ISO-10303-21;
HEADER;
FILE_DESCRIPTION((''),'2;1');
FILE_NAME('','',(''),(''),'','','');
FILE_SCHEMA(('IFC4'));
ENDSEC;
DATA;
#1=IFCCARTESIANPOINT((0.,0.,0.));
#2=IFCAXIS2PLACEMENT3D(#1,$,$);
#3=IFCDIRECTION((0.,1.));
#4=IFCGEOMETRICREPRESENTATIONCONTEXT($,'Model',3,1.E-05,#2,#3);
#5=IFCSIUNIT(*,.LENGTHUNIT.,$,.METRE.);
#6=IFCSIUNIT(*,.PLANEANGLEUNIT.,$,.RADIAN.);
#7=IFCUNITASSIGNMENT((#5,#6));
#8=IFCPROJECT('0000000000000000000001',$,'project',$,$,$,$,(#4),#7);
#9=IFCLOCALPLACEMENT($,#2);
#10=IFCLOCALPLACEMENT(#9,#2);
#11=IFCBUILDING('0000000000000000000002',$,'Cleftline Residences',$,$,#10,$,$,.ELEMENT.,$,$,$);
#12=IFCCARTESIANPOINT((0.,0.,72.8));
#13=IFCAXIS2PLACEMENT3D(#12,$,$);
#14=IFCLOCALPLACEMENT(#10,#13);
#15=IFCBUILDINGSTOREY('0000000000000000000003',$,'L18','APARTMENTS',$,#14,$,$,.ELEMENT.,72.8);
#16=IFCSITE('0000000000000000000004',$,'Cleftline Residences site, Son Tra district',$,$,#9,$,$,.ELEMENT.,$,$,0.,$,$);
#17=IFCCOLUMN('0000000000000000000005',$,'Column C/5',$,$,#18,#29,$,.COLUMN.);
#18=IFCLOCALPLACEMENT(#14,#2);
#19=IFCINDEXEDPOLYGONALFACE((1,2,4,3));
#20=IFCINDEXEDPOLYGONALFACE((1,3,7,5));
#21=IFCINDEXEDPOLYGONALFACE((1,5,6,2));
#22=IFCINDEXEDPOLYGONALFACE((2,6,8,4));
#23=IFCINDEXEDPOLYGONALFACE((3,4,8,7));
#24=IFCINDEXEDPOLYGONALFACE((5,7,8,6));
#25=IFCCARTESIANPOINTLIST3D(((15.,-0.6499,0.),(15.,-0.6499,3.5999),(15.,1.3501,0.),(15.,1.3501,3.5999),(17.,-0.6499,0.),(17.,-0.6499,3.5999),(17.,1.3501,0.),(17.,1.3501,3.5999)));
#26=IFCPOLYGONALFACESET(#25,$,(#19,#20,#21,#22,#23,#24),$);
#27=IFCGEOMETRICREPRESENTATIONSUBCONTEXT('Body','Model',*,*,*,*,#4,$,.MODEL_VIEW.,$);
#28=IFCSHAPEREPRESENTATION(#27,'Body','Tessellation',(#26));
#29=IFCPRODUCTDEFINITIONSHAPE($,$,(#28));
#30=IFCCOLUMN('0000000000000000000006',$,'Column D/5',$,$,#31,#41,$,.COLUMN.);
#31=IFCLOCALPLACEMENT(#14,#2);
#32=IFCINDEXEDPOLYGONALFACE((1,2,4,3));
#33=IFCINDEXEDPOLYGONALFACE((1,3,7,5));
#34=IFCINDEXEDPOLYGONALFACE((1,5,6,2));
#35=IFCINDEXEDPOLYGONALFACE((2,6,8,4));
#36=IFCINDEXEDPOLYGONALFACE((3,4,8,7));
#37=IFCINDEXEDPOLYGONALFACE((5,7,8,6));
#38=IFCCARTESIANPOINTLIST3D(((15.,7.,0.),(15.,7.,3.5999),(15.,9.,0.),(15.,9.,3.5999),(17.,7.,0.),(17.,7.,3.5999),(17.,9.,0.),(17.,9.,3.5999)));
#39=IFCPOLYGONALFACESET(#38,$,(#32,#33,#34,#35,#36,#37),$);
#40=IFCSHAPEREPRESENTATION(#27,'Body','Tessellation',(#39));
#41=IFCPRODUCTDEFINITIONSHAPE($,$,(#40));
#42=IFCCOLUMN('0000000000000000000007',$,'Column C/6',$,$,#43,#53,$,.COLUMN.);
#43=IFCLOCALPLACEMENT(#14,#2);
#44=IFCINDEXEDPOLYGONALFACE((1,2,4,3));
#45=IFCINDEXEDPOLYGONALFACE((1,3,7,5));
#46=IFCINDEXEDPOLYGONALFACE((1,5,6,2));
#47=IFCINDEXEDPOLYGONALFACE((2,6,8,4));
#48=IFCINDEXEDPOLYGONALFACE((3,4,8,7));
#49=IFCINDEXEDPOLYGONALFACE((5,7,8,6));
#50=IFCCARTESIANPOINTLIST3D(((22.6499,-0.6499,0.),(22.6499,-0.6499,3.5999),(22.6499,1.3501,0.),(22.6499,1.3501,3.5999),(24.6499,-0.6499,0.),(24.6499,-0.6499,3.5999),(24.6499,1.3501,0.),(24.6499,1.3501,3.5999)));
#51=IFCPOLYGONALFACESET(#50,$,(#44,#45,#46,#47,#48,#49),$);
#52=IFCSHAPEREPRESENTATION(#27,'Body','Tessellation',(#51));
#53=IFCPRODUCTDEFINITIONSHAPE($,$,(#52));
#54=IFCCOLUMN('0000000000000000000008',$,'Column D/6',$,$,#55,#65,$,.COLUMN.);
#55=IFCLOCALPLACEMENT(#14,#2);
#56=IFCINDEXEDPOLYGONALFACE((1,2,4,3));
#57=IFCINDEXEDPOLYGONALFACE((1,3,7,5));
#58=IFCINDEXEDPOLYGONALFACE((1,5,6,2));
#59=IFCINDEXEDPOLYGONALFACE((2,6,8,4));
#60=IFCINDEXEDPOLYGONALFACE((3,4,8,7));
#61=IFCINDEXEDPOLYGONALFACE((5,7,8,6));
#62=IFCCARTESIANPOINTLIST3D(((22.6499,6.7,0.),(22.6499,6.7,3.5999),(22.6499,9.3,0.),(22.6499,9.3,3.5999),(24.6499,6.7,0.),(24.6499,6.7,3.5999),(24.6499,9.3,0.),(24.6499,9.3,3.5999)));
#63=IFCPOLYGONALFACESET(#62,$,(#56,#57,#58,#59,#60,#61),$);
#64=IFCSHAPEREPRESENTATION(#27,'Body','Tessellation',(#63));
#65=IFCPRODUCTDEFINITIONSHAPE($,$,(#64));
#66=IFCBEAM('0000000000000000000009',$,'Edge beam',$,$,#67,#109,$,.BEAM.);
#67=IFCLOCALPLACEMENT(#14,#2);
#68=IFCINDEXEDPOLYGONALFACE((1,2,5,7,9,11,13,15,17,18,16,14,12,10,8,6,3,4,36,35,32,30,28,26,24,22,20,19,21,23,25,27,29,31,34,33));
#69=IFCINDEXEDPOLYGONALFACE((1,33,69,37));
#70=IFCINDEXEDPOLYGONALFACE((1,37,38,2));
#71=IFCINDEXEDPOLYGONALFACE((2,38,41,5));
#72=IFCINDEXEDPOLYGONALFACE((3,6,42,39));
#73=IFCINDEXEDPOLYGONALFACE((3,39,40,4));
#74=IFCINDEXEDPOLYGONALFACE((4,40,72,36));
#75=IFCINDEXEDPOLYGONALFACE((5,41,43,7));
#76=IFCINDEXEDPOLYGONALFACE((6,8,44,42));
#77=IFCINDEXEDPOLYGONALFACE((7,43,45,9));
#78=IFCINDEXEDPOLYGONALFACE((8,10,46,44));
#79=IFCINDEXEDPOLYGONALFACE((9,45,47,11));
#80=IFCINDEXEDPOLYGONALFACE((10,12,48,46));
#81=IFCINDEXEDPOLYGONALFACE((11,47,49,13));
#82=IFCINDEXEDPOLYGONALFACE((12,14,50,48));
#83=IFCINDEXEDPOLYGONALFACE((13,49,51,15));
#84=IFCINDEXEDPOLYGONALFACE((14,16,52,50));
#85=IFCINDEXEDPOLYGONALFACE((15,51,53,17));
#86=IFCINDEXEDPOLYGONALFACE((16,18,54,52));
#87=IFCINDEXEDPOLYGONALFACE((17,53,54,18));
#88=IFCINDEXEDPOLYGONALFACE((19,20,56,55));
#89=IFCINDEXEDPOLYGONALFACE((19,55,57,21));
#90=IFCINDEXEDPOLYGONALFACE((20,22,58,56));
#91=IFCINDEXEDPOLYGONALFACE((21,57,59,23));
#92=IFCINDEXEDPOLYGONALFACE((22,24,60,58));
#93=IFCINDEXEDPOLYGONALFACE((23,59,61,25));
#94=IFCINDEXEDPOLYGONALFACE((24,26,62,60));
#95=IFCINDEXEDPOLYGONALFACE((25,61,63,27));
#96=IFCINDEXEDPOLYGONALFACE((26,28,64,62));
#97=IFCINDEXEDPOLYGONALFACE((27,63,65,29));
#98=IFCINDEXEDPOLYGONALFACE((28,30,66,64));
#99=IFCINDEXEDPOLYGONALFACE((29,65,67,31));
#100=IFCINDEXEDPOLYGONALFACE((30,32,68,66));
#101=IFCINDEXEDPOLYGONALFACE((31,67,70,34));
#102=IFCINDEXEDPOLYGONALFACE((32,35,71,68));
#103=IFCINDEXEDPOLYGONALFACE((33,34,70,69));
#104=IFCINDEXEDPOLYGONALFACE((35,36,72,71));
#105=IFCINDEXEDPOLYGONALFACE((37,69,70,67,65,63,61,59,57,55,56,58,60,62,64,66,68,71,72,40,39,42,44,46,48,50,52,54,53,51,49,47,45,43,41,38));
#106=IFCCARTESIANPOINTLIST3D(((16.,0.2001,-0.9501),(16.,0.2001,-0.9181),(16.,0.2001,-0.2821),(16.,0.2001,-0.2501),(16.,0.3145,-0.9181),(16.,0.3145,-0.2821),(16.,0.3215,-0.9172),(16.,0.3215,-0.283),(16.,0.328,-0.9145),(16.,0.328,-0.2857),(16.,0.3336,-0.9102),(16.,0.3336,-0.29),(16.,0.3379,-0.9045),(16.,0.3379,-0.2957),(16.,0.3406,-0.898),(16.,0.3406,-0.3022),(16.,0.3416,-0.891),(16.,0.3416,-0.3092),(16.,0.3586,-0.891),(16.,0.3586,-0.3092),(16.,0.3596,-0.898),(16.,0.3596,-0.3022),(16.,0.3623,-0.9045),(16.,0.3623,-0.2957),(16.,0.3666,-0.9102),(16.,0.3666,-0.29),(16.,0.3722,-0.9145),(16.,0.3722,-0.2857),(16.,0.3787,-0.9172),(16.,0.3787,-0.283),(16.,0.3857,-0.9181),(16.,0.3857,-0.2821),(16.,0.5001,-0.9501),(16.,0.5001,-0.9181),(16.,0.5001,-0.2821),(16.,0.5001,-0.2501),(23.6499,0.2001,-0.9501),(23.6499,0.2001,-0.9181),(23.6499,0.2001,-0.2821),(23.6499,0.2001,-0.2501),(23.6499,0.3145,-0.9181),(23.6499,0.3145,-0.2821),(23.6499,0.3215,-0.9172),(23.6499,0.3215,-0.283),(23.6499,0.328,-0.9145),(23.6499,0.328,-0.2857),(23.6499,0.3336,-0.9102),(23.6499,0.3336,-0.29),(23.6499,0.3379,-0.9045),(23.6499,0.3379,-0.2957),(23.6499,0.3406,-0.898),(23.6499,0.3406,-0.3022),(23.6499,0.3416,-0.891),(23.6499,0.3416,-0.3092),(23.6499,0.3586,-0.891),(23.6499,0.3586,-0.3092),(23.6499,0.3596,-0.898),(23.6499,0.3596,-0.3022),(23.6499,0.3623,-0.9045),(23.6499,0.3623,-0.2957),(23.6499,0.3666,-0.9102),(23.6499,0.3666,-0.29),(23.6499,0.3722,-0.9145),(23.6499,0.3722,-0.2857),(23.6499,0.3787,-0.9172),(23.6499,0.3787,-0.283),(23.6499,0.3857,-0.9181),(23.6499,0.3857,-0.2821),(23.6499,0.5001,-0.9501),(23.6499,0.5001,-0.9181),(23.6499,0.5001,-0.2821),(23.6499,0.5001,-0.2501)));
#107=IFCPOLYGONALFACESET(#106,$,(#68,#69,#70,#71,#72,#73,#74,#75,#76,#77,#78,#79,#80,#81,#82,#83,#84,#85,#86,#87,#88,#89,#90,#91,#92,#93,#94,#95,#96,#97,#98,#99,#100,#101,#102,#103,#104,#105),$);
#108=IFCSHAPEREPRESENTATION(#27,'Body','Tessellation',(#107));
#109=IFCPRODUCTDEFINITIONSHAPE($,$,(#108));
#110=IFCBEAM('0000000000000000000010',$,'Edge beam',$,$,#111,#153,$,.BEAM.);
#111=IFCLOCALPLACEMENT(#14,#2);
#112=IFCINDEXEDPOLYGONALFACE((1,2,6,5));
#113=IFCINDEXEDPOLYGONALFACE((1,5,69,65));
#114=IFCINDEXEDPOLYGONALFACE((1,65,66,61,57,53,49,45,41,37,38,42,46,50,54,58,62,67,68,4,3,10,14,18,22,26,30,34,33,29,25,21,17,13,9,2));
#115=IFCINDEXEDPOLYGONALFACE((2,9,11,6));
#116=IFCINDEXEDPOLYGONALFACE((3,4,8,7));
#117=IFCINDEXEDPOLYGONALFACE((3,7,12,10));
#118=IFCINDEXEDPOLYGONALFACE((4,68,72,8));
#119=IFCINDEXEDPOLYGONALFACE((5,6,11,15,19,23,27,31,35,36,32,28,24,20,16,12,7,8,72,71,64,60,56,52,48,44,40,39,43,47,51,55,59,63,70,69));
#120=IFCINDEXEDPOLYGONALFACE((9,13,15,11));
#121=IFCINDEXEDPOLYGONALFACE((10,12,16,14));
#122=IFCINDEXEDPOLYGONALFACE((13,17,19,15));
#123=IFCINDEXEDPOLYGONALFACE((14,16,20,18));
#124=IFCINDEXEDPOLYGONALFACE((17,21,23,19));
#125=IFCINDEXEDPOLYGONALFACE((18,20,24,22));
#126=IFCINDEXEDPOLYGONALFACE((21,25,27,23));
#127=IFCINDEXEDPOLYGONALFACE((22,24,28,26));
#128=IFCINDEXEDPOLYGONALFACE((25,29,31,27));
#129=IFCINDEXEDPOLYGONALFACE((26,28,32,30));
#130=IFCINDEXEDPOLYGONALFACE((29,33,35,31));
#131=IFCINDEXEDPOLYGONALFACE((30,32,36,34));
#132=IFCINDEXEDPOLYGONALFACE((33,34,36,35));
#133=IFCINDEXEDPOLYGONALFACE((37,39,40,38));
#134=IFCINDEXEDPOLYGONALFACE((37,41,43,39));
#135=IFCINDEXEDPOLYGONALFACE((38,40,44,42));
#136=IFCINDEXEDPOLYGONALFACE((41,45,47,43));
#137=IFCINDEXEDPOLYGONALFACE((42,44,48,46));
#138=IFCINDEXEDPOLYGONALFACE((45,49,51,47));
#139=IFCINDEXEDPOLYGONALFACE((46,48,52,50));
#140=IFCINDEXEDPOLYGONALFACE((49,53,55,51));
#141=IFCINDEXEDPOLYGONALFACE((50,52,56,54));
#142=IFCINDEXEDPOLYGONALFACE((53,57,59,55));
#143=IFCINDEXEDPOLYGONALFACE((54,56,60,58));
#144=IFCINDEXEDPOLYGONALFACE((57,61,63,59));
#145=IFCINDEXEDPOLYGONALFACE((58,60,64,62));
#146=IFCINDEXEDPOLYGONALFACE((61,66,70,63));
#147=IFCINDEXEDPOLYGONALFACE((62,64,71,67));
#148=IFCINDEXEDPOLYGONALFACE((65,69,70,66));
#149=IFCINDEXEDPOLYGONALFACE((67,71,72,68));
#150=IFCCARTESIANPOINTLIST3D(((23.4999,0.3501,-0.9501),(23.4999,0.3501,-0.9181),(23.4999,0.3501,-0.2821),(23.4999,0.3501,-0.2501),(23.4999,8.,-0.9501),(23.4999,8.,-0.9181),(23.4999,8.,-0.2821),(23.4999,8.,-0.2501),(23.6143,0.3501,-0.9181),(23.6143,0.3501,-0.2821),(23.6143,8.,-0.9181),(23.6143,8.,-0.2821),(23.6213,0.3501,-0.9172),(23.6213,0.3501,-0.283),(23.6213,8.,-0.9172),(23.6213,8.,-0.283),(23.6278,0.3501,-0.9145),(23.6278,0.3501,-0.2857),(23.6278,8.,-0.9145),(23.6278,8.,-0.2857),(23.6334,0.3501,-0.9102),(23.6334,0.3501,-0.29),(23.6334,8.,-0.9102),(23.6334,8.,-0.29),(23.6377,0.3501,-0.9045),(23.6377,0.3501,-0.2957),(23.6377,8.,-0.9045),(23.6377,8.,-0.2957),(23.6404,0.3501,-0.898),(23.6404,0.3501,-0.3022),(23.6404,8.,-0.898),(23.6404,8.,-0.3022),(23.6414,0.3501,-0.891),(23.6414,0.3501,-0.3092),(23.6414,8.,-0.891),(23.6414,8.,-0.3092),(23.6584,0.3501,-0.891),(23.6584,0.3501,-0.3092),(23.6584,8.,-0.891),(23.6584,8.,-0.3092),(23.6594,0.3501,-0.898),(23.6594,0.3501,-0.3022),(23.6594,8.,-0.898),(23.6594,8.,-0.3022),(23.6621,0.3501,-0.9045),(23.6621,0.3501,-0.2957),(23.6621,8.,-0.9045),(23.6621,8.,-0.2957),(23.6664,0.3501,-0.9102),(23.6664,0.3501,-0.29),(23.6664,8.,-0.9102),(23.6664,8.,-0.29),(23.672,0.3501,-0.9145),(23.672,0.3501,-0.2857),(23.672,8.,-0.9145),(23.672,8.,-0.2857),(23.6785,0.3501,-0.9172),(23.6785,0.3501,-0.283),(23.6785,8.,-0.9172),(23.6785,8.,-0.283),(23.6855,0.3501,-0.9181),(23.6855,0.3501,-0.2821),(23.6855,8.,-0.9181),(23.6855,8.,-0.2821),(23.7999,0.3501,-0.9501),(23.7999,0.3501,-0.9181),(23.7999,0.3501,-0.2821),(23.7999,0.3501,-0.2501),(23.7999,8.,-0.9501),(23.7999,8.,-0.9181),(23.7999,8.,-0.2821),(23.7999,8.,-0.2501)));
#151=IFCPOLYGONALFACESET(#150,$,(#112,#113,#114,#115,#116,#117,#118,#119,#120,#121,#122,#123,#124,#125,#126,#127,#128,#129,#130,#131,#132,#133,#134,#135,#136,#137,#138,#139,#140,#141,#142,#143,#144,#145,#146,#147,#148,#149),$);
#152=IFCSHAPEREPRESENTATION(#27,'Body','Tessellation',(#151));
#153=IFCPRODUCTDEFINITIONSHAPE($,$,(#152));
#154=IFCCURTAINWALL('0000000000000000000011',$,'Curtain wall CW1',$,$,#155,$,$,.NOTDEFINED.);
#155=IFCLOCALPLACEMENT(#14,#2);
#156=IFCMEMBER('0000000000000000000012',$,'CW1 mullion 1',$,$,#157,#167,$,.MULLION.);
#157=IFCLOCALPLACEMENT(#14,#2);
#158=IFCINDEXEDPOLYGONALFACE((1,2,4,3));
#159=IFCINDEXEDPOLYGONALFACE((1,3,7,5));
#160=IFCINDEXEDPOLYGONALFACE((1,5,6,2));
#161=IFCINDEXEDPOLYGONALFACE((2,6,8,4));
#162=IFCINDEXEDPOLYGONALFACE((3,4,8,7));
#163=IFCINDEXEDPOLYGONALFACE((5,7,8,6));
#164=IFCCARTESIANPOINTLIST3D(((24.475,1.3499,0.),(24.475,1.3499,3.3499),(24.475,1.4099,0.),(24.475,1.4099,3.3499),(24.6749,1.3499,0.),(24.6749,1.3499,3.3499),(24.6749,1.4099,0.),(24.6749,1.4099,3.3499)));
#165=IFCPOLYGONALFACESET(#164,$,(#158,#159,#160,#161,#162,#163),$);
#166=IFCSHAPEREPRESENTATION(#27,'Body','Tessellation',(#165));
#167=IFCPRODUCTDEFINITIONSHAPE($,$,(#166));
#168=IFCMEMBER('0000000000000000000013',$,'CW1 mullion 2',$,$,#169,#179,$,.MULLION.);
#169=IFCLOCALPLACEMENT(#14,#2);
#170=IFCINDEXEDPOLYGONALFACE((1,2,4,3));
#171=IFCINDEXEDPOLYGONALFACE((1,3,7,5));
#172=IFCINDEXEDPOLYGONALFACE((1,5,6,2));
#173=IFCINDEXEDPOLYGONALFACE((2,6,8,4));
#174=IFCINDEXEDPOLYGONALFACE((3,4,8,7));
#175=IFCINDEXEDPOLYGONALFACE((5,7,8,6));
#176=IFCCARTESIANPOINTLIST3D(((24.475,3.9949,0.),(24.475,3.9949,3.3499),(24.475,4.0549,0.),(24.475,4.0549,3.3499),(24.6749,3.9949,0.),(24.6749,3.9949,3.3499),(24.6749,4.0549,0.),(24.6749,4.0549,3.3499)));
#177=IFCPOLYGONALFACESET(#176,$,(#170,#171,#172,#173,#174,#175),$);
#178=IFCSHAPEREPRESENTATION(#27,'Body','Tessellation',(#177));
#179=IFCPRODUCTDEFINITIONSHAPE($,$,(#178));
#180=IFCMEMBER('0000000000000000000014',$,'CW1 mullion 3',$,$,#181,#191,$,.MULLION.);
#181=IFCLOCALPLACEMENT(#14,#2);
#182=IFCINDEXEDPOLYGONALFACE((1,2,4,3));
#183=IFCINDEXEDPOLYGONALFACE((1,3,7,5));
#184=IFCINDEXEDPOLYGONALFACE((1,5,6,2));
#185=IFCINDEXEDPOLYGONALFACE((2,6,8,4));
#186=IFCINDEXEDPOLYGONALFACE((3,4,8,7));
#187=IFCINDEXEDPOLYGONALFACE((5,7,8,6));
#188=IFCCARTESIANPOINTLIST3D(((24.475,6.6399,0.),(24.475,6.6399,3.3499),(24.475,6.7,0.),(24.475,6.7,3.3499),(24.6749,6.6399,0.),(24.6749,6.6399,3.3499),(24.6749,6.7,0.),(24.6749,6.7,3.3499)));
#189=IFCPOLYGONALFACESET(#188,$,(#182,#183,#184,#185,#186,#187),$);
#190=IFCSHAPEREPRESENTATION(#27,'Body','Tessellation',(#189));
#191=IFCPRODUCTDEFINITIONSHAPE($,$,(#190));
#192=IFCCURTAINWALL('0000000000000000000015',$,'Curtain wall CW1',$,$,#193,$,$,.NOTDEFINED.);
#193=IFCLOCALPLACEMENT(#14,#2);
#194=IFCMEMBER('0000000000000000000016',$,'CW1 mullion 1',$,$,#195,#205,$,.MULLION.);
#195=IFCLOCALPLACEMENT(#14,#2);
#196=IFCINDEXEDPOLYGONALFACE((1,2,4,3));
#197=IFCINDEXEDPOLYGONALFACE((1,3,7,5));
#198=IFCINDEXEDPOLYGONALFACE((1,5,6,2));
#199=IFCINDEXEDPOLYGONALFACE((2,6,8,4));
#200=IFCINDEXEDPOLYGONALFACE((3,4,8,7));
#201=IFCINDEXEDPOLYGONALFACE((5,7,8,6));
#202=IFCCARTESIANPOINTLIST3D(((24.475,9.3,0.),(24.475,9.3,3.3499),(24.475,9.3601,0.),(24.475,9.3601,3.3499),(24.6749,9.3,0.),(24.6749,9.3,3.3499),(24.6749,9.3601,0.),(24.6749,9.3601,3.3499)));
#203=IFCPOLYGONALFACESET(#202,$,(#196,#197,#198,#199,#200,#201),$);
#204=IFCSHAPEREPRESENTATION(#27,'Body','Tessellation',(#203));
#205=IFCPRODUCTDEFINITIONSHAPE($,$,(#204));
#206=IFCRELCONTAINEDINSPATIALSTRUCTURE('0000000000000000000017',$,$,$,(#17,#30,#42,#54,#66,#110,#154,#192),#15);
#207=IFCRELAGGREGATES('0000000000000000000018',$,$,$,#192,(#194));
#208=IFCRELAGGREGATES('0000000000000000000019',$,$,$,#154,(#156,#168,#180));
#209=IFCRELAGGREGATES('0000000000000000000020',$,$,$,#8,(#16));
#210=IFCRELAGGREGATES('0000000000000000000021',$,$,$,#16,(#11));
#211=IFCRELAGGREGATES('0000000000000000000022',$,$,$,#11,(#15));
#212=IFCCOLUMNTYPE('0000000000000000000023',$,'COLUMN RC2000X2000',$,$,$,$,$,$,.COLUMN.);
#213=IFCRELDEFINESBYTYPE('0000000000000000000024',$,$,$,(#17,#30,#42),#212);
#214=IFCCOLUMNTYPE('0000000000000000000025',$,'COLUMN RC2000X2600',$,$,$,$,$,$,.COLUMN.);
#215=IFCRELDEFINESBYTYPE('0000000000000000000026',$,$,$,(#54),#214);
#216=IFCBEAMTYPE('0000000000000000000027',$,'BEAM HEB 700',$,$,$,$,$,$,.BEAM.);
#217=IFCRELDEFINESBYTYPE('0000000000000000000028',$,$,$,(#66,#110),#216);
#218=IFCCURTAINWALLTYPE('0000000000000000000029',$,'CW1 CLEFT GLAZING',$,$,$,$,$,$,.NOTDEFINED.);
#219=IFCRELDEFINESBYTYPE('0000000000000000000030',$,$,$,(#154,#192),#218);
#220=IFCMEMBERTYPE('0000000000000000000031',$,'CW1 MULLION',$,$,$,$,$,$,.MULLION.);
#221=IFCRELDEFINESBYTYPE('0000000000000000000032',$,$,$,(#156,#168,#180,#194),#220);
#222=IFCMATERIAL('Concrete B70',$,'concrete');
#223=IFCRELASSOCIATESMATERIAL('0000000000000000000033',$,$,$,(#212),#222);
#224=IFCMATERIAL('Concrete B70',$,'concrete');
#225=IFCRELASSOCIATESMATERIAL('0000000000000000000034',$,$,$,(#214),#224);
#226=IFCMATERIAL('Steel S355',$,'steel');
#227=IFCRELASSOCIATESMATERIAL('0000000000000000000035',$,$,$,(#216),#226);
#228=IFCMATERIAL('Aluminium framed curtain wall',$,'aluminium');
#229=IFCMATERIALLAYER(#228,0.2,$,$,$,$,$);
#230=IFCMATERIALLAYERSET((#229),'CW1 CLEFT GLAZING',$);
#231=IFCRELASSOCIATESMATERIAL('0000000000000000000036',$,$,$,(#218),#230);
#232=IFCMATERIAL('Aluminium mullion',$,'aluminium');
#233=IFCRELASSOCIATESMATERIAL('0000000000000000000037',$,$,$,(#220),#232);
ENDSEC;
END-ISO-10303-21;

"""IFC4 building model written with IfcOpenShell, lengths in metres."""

from ifc_helpers import new_model, si_unit, direction, frame, origin, origin_2d, place, context, subcontext, project, spatial, rectangle, i_section, extrude, material, layer, layer_set, material_profile, profile_set, type_object, element, aggregate, save


model = new_model("IFC4")

# Units and contexts
model_context = context("Model", 3, precision=1e-05, world=origin(), true_north=direction((0.0, 1.0)))
body_context = subcontext(model_context, "Body", "Model", "MODEL_VIEW")
ifc_project = project(units=[si_unit("LENGTHUNIT", "METRE"), si_unit("PLANEANGLEUNIT", "RADIAN")], contexts=[model_context])

# Site, building, storey
site_placement = place(None, origin())
site = spatial("IfcSite", under=ifc_project, at=site_placement, Name="Cleftline Residences site, Son Tra district", CompositionType="ELEMENT", RefElevation=0.0)
building_placement = place(site_placement, origin())
building = spatial("IfcBuilding", under=site, at=building_placement, Name="Cleftline Residences", CompositionType="ELEMENT")
storey_placement = place(building_placement, frame((0.0, 0.0, 72.8)))
storey = spatial("IfcBuildingStorey", under=building, at=storey_placement, Name="L18", Description="APARTMENTS", CompositionType="ELEMENT", Elevation=72.8)

# Columns
ifc_material_1 = material(Name="Concrete B70", Category="concrete")
ifc_material_profile_1 = material_profile(ifc_material_1, rectangle(XDim=2.0, YDim=2.0, at=origin_2d()))
ifc_profile_set_1 = profile_set([ifc_material_profile_1], Name="Concrete B70")
column_type_1 = type_object("IfcColumnType", Name="COLUMN RC2000X2000", PredefinedType="COLUMN", material=ifc_profile_set_1)
for number, where, z_axis, x_axis, name in (
    (1, (16.0, 0.3501, 0.0), (0.0, 0.0, 1.0), (1.0, 0.0, 0.0), "Column C/5"),
    (2, (16.0, 8.0, 0.0), (0.0, 0.0, 1.0), (1.0, 0.0, 0.0), "Column D/5"),
    (3, (23.6499, 0.3501, 0.0), (0.0, 0.0, 1.0), (1.0, 0.0, 0.0), "Column C/6"),
):
    element("IfcColumn", number, at=place(storey_placement, frame(where, z_axis=z_axis, x_axis=x_axis)), inside=storey, type_object=column_type_1, Name=name, PredefinedType="COLUMN", context=body_context, shape_type="SweptSolid", body=[
        extrude(rectangle(XDim=2.0, YDim=2.0, at=origin_2d()), origin(), (0.0, 0.0, 1.0), 3.5999),
    ])
ifc_material_2 = material(Name="Concrete B70", Category="concrete")
ifc_material_profile_2 = material_profile(ifc_material_2, rectangle(XDim=2.0, YDim=2.6001, at=origin_2d()))
ifc_profile_set_2 = profile_set([ifc_material_profile_2], Name="Concrete B70")
column_type_2 = type_object("IfcColumnType", Name="COLUMN RC2000X2600", PredefinedType="COLUMN", material=ifc_profile_set_2)
column_placement = place(storey_placement, frame((23.6499, 8.0, 0.0), z_axis=(0.0, 0.0, 1.0), x_axis=(1.0, 0.0, 0.0)))
element("IfcColumn", 4, at=column_placement, inside=storey, type_object=column_type_2, Name="Column D/6", PredefinedType="COLUMN", context=body_context, shape_type="SweptSolid", body=[
    extrude(rectangle(XDim=2.0, YDim=2.6001, at=origin_2d()), origin(), (0.0, 0.0, 1.0), 3.5999),
])

# Beams
ifc_material_3 = material(Name="Steel S355", Category="steel")
ifc_material_profile_3 = material_profile(ifc_material_3, i_section(OverallWidth=0.3, OverallDepth=0.7, WebThickness=0.0171, FlangeThickness=0.032, FilletRadius=0.0271, at=origin_2d()))
ifc_profile_set_3 = profile_set([ifc_material_profile_3], Name="Steel S355")
beam_type = type_object("IfcBeamType", Name="BEAM HEB 700", PredefinedType="BEAM", material=ifc_profile_set_3)
for number, where, z_axis, x_axis, name in (
    (5, (16.0, 0.3501, -0.6001), (1.0, 0.0, 0.0), (0.0, 1.0, 0.0), "Edge beam"),
    (6, (23.6499, 0.3501, -0.6001), (0.0, 1.0, 0.0), (-1.0, 0.0, 0.0), "Edge beam"),
):
    element("IfcBeam", number, at=place(storey_placement, frame(where, z_axis=z_axis, x_axis=x_axis)), inside=storey, type_object=beam_type, Name=name, PredefinedType="BEAM", context=body_context, shape_type="SweptSolid", body=[
        extrude(i_section(OverallWidth=0.3, OverallDepth=0.7, WebThickness=0.0171, FlangeThickness=0.032, FilletRadius=0.0271, at=origin_2d()), origin(), (0.0, 0.0, 1.0), 7.6499),
    ])

# Curtain wall, members
ifc_material_4 = material(Name="Aluminium framed curtain wall", Category="aluminium")
ifc_layer_1 = layer(ifc_material_4, 0.2)
ifc_layer_set_1 = layer_set([ifc_layer_1], Name="CW1 CLEFT GLAZING")
curtain_wall_type = type_object("IfcCurtainWallType", Name="CW1 CLEFT GLAZING", PredefinedType="NOTDEFINED", material=ifc_layer_set_1)
curtain_wall_1_placement = place(storey_placement, origin())
curtain_wall_1 = element("IfcCurtainWall", 7, at=curtain_wall_1_placement, inside=storey, type_object=curtain_wall_type, Name="Curtain wall CW1", PredefinedType="NOTDEFINED")
ifc_material_5 = material(Name="Aluminium mullion", Category="aluminium")
ifc_material_profile_4 = material_profile(ifc_material_5, rectangle(XDim=0.2, YDim=0.0601, at=origin_2d()))
ifc_profile_set_4 = profile_set([ifc_material_profile_4], Name="Aluminium mullion")
member_type_1 = type_object("IfcMemberType", Name="CW1 MULLION", PredefinedType="MULLION", material=ifc_profile_set_4)
member_1_placement = place(storey_placement, frame((24.575, 1.3799, 0.0), z_axis=(0.0, 0.0, 1.0), x_axis=(-1.0, 0.0, 0.0)))
member_1 = element("IfcMember", 8, at=member_1_placement, type_object=member_type_1, Name="CW1 mullion 1", PredefinedType="MULLION", context=body_context, shape_type="SweptSolid", body=[
    extrude(rectangle(XDim=0.2, YDim=0.0601, at=origin_2d()), origin(), (0.0, 0.0, 1.0), 3.3499),
])
member_2_placement = place(storey_placement, frame((24.575, 4.0249, 0.0), z_axis=(0.0, 0.0, 1.0), x_axis=(-1.0, 0.0, 0.0)))
member_2 = element("IfcMember", 9, at=member_2_placement, type_object=member_type_1, Name="CW1 mullion 2", PredefinedType="MULLION", context=body_context, shape_type="SweptSolid", body=[
    extrude(rectangle(XDim=0.2, YDim=0.0601, at=origin_2d()), origin(), (0.0, 0.0, 1.0), 3.3499),
])
member_3_placement = place(storey_placement, frame((24.575, 6.6699, 0.0), z_axis=(0.0, 0.0, 1.0), x_axis=(-1.0, 0.0, 0.0)))
member_3 = element("IfcMember", 10, at=member_3_placement, type_object=member_type_1, Name="CW1 mullion 3", PredefinedType="MULLION", context=body_context, shape_type="SweptSolid", body=[
    extrude(rectangle(XDim=0.2, YDim=0.0601, at=origin_2d()), origin(), (0.0, 0.0, 1.0), 3.3499),
])

# Curtain wall, member
curtain_wall_2_placement = place(storey_placement, origin())
curtain_wall_2 = element("IfcCurtainWall", 11, at=curtain_wall_2_placement, inside=storey, type_object=curtain_wall_type, Name="Curtain wall CW1", PredefinedType="NOTDEFINED")
member_4_placement = place(storey_placement, frame((24.575, 9.3301, 0.0), z_axis=(0.0, 0.0, 1.0), x_axis=(-1.0, 0.0, 0.0)))
member_4 = element("IfcMember", 12, at=member_4_placement, type_object=member_type_1, Name="CW1 mullion 1", PredefinedType="MULLION", context=body_context, shape_type="SweptSolid", body=[
    extrude(rectangle(XDim=0.2, YDim=0.0601, at=origin_2d()), origin(), (0.0, 0.0, 1.0), 3.3499),
])

aggregate(curtain_wall_2, [member_4])

aggregate(curtain_wall_1, [member_1, member_2, member_3])

save(model, "model.ifc")
